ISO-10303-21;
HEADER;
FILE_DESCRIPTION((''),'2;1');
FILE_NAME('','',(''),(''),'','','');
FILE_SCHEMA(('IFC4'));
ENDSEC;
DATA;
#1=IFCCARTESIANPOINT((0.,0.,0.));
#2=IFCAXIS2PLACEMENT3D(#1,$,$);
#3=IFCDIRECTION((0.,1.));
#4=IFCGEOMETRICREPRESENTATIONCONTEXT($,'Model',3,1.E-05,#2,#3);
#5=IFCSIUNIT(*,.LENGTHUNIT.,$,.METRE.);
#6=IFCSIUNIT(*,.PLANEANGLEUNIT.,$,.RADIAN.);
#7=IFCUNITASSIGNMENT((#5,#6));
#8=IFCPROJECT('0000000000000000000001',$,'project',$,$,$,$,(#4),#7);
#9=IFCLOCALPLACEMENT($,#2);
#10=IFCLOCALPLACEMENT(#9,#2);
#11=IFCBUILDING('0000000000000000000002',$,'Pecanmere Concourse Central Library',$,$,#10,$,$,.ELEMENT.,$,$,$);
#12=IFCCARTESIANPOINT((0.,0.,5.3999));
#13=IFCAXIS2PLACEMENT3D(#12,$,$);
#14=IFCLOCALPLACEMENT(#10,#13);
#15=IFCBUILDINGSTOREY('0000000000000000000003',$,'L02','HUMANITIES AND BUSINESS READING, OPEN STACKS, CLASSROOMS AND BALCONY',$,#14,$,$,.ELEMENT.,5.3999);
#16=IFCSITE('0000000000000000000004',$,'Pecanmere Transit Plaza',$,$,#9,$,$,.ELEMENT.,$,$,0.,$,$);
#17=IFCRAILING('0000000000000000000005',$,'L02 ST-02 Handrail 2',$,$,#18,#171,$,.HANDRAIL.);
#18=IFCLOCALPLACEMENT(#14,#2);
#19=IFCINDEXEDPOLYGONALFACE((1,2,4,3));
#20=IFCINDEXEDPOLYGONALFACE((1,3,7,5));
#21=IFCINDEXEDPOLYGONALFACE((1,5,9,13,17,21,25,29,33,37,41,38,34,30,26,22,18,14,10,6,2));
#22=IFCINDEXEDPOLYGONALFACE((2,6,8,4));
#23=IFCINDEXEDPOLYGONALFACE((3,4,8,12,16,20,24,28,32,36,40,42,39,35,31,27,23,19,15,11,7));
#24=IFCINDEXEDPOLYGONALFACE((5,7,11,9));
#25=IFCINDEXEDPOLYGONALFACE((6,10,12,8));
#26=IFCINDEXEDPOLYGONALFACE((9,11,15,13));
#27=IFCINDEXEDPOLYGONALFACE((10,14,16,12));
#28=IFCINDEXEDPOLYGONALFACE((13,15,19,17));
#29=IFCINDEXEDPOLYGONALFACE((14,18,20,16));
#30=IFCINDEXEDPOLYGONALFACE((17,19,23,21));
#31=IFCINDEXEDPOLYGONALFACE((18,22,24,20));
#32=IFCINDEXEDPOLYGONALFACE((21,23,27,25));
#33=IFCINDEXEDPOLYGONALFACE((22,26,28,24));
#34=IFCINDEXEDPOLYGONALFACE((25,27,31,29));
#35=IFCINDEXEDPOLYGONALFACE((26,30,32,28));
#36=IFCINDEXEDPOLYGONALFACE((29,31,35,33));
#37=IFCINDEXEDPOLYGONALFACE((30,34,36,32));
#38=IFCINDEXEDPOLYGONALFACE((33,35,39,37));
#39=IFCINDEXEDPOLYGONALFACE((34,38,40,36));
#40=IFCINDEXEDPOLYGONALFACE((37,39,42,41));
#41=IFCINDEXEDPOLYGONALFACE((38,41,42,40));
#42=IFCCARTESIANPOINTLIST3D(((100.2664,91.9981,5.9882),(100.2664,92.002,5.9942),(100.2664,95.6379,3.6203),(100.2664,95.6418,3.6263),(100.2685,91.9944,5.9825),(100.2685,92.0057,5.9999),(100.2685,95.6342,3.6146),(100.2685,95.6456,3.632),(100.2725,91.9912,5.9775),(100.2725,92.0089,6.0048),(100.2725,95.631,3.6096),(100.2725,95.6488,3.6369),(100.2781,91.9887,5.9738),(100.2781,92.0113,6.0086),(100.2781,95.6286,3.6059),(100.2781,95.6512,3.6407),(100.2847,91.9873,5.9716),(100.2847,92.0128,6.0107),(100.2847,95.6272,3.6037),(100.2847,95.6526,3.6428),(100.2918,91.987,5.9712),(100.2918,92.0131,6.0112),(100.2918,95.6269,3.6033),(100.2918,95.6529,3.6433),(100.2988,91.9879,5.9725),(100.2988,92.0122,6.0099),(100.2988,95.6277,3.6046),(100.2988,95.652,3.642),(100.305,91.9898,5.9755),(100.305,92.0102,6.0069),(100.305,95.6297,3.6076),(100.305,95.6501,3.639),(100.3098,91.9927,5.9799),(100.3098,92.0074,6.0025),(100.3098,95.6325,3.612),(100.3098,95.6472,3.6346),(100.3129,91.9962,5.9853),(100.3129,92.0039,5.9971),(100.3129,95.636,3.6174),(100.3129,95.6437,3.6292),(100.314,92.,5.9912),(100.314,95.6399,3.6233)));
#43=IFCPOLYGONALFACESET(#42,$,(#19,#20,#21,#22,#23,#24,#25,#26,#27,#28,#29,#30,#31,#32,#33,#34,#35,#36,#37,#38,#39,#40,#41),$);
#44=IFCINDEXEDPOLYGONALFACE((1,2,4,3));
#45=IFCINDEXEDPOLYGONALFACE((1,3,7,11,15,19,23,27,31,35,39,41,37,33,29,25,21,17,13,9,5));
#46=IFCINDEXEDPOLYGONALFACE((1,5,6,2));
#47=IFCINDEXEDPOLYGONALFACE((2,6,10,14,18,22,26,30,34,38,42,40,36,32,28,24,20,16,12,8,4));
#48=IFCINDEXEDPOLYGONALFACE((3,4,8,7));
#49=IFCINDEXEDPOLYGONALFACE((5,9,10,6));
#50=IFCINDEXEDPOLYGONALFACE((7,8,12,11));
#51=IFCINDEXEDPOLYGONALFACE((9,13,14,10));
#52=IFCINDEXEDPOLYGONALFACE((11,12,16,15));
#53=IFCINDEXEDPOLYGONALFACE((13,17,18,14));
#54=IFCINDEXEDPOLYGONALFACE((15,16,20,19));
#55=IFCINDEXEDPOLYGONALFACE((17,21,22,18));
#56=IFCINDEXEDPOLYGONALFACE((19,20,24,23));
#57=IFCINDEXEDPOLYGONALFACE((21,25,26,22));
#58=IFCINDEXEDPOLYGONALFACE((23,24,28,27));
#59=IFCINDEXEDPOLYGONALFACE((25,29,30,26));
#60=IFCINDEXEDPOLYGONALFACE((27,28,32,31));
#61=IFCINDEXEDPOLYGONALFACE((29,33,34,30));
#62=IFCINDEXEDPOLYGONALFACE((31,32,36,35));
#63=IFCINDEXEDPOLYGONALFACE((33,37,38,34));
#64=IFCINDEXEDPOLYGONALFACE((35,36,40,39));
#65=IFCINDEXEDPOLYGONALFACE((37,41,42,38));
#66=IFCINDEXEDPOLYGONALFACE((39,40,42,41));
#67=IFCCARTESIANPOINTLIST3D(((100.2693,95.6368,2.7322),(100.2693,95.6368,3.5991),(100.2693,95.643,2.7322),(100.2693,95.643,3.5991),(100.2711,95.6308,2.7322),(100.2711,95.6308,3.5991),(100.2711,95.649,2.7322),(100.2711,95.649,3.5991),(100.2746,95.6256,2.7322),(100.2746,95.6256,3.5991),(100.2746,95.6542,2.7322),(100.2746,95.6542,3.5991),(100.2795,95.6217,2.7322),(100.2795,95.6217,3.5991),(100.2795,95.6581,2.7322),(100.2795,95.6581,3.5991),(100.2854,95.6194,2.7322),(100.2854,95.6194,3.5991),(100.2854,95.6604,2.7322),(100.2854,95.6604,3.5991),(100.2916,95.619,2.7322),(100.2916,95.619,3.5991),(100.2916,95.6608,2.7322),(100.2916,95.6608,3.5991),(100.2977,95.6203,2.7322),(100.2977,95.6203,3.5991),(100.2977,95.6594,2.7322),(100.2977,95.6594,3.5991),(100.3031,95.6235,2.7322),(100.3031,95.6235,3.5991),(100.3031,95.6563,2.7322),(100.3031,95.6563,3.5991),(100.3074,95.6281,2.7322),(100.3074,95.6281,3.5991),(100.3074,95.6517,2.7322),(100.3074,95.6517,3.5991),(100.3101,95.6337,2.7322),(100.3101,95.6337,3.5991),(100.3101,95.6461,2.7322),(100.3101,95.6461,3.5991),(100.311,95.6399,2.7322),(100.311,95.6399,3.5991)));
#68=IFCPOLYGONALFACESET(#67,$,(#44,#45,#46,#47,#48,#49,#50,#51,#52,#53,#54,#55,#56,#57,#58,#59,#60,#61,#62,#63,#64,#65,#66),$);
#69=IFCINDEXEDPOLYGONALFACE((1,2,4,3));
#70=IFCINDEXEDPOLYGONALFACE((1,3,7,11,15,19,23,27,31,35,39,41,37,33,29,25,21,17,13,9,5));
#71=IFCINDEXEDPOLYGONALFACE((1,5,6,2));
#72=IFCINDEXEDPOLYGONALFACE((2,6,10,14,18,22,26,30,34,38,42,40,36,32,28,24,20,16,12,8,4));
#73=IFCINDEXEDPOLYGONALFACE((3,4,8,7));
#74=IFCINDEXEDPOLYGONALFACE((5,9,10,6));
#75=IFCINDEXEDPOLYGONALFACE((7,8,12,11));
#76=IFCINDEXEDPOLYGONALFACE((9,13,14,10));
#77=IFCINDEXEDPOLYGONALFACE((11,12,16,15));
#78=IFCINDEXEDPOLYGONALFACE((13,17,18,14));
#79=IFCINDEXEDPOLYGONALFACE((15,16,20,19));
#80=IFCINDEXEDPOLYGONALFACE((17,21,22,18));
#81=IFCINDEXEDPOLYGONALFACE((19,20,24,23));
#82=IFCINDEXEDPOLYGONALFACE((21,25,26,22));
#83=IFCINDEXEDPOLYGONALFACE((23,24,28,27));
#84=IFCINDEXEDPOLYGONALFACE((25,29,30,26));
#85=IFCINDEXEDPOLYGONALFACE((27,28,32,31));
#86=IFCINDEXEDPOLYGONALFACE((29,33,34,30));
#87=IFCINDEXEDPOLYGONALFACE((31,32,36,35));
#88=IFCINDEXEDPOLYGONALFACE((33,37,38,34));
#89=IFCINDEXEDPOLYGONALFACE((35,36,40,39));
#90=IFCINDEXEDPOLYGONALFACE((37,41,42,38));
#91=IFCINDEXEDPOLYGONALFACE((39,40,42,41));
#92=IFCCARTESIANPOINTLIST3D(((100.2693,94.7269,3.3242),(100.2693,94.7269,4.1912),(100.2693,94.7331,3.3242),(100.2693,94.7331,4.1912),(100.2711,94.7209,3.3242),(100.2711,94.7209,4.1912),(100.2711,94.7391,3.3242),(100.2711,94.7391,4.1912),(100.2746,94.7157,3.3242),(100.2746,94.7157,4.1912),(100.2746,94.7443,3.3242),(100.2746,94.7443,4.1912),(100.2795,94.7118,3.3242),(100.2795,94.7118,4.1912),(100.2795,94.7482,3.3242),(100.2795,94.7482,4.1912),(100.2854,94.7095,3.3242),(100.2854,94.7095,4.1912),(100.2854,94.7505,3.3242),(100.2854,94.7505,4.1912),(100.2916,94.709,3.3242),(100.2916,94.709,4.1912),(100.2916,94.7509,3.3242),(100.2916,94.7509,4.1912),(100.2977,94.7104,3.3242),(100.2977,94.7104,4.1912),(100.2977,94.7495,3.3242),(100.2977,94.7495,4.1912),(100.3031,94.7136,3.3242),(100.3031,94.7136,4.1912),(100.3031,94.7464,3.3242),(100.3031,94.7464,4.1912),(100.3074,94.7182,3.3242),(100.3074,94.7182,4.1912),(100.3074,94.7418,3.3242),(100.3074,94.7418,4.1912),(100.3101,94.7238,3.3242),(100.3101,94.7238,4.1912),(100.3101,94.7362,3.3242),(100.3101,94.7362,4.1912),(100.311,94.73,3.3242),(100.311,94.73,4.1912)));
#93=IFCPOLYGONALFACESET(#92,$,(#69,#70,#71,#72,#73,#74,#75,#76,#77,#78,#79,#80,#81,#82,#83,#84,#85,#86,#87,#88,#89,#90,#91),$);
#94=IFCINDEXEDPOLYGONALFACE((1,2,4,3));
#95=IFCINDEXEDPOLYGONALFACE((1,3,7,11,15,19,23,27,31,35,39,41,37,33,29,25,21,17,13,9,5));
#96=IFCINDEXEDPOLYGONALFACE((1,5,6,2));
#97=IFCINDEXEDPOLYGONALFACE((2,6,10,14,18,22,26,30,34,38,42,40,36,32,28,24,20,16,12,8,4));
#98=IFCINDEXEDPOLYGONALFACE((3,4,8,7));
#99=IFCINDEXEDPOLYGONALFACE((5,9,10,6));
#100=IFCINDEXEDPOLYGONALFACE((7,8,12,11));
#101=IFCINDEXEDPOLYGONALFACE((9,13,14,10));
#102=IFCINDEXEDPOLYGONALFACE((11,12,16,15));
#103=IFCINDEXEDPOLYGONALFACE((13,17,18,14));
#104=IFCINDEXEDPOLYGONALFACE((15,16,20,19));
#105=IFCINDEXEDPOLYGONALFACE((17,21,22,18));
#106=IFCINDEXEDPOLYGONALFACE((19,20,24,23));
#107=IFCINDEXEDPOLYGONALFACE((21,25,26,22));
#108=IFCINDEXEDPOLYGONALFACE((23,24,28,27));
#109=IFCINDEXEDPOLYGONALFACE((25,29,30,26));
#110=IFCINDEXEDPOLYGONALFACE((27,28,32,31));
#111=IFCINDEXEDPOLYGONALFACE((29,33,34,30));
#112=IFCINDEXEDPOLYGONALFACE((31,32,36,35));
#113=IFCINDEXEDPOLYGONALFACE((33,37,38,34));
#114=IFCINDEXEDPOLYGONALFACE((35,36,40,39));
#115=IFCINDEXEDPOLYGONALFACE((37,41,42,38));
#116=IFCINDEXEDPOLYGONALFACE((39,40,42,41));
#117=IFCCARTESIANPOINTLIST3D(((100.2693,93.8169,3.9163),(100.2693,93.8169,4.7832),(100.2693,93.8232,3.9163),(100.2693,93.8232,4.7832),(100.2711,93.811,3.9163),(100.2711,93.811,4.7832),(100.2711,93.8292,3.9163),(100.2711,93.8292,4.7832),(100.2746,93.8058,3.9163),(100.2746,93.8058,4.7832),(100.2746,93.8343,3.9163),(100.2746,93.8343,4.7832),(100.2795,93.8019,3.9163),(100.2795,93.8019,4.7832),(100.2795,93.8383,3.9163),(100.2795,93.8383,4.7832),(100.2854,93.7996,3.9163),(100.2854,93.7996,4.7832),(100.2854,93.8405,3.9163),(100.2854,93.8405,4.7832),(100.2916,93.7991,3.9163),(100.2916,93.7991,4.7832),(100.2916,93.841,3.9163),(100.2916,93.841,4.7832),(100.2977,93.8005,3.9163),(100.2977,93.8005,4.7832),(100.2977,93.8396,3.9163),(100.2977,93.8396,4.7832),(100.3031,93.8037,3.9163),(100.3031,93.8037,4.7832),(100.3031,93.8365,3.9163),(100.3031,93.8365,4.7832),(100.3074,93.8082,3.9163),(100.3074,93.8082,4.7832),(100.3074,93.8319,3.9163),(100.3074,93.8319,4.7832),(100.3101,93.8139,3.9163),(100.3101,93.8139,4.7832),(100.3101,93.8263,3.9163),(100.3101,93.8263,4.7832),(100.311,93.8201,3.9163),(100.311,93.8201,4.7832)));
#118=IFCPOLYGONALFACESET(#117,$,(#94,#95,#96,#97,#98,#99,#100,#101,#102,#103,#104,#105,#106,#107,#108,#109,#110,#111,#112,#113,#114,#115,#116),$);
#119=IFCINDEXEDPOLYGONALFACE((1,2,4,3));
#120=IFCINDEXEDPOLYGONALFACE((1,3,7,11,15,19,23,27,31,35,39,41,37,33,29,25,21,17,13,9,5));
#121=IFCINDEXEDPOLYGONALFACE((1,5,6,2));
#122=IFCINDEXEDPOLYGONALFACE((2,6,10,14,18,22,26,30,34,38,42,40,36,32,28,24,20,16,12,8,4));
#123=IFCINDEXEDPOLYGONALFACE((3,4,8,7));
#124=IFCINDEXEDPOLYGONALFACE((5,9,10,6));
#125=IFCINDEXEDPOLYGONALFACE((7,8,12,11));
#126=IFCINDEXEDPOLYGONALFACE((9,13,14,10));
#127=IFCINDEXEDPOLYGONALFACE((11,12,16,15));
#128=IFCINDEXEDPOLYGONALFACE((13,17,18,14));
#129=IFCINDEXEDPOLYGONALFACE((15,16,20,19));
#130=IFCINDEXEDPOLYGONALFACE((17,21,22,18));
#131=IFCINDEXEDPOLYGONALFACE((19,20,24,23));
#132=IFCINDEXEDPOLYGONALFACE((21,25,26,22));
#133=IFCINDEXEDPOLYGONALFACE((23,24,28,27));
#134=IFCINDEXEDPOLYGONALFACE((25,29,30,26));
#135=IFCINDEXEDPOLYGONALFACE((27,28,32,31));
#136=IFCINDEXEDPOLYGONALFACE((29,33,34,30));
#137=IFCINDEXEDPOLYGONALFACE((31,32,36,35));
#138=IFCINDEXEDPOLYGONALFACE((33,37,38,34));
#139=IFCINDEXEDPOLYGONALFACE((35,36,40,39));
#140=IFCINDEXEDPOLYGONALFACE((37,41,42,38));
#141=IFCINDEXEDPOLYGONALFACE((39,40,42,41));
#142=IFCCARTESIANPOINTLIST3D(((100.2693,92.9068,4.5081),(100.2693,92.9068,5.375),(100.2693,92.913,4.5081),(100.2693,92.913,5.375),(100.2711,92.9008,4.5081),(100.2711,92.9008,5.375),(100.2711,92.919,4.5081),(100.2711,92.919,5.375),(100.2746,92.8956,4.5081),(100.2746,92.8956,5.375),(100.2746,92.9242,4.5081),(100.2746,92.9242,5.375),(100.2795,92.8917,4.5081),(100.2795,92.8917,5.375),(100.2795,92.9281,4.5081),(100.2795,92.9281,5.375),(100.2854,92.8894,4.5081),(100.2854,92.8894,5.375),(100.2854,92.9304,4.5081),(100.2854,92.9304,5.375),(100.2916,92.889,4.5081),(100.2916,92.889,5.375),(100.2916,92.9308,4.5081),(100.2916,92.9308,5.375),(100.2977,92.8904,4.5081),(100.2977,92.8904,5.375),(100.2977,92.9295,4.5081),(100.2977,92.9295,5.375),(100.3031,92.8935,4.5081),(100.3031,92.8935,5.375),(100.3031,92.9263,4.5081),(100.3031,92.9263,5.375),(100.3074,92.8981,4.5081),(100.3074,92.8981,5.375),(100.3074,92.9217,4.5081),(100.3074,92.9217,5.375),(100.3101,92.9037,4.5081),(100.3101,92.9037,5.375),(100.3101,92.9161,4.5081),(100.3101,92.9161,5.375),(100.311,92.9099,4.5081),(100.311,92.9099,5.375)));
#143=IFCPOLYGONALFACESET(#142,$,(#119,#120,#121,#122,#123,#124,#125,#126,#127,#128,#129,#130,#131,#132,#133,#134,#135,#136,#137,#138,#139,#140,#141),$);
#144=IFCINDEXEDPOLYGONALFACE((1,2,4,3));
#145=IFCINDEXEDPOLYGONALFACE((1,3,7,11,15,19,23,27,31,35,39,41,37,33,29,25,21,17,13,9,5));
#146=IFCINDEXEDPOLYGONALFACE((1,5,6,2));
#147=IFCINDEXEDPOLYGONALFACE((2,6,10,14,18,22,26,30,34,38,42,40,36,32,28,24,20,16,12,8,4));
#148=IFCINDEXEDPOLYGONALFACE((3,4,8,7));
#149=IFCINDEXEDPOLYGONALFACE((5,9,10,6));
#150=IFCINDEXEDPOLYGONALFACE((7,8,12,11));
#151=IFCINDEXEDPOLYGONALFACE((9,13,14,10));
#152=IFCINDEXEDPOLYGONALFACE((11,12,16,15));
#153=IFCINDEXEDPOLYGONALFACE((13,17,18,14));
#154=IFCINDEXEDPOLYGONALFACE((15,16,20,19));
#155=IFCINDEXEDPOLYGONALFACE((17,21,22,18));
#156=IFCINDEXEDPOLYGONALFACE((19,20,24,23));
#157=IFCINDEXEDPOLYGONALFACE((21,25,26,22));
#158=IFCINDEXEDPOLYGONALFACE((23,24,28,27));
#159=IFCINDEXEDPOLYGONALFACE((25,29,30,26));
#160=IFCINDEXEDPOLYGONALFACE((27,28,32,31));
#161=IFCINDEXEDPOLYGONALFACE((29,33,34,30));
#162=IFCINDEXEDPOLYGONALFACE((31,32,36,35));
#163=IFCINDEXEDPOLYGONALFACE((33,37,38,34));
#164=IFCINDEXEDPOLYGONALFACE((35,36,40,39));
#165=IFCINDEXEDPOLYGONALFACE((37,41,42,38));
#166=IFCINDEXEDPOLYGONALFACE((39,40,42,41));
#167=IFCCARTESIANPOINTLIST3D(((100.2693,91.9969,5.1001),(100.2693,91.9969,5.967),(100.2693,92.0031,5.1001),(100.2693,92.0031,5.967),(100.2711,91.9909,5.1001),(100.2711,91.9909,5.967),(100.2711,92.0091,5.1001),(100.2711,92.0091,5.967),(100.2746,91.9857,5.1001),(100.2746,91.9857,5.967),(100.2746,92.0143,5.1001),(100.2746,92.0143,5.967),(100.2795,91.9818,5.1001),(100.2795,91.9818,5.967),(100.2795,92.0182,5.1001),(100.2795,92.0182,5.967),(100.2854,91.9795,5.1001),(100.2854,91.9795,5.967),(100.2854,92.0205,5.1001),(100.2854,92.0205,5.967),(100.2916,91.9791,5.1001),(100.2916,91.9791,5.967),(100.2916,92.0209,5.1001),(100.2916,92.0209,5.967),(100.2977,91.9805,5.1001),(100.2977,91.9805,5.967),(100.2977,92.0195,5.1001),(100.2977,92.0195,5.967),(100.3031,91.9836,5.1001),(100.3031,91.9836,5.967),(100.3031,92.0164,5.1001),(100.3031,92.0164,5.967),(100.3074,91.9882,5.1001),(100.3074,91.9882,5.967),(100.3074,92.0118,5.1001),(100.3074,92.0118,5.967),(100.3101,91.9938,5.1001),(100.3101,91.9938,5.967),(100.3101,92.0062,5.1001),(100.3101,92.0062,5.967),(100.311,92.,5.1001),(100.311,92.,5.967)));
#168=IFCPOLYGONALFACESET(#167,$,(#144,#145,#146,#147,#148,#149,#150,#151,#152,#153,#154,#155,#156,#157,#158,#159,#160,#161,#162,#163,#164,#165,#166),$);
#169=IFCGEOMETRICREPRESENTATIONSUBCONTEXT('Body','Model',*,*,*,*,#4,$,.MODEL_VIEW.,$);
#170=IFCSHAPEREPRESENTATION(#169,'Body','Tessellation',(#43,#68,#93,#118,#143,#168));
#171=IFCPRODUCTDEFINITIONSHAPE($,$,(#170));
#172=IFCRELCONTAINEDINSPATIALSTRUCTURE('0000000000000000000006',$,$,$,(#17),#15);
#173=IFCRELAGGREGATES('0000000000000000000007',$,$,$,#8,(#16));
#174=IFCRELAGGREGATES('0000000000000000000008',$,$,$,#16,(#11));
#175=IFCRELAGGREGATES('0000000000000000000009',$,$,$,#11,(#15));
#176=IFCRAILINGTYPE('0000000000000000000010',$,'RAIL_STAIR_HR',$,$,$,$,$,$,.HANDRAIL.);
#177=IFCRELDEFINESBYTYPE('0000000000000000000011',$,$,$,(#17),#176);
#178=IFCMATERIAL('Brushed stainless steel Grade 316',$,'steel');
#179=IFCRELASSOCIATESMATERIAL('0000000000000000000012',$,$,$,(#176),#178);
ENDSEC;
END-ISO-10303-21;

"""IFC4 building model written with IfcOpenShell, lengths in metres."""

from ifc_helpers import new_model, si_unit, direction, frame, origin, origin_2d, place, context, subcontext, project, spatial, circle, extrude, material, type_object, element, save


model = new_model("IFC4")

# Units and contexts
model_context = context("Model", 3, precision=1e-05, world=origin(), true_north=direction((0.0, 1.0)))
body_context = subcontext(model_context, "Body", "Model", "MODEL_VIEW")
ifc_project = project(units=[si_unit("LENGTHUNIT", "METRE"), si_unit("PLANEANGLEUNIT", "RADIAN")], contexts=[model_context])

# Site, building, storey
site_placement = place(None, origin())
site = spatial("IfcSite", under=ifc_project, at=site_placement, Name="Pecanmere Transit Plaza", CompositionType="ELEMENT", RefElevation=0.0)
building_placement = place(site_placement, origin())
building = spatial("IfcBuilding", under=site, at=building_placement, Name="Pecanmere Concourse Central Library", CompositionType="ELEMENT")
storey_placement = place(building_placement, frame((0.0, 0.0, 5.3999)))
storey = spatial("IfcBuildingStorey", under=building, at=storey_placement, Name="L02", Description="HUMANITIES AND BUSINESS READING, OPEN STACKS, CLASSROOMS AND BALCONY", CompositionType="ELEMENT", Elevation=5.3999)

# Railing
ifc_material_1 = material(Name="Brushed stainless steel Grade 316", Category="steel")
railing_type_1 = type_object("IfcRailingType", Name="RAIL_STAIR_HR", PredefinedType="HANDRAIL", material=ifc_material_1)
railing_1_placement = place(storey_placement, frame((100.29, 95.6399, 2.7322)))
element("IfcRailing", 1, at=railing_1_placement, inside=storey, type_object=railing_type_1, Name="L02 ST-02 Handrail 2", PredefinedType="HANDRAIL", context=body_context, shape_type="SweptSolid", body=[
    extrude(circle(Radius=0.0239, at=origin_2d()), frame((0.0, 0.0, 0.8911), z_axis=(0.0, -0.838234, 0.54531), x_axis=(1.0, 0.0, 0.0)), (0.0, 0.0, 1.0), 4.3423),
    extrude(circle(Radius=0.021, at=origin_2d()), origin(), (0.0, 0.0, 1.0), 0.8669),
    extrude(circle(Radius=0.021, at=origin_2d()), frame((0.0, -0.9099, 0.592)), (0.0, 0.0, 1.0), 0.8669),
    extrude(circle(Radius=0.021, at=origin_2d()), frame((0.0, -1.8198, 1.1841)), (0.0, 0.0, 1.0), 0.8669),
    extrude(circle(Radius=0.021, at=origin_2d()), frame((0.0, -2.73, 1.7759)), (0.0, 0.0, 1.0), 0.8669),
    extrude(circle(Radius=0.021, at=origin_2d()), frame((0.0, -3.6399, 2.3679)), (0.0, 0.0, 1.0), 0.8669),
])

save(model, "model.ifc")
